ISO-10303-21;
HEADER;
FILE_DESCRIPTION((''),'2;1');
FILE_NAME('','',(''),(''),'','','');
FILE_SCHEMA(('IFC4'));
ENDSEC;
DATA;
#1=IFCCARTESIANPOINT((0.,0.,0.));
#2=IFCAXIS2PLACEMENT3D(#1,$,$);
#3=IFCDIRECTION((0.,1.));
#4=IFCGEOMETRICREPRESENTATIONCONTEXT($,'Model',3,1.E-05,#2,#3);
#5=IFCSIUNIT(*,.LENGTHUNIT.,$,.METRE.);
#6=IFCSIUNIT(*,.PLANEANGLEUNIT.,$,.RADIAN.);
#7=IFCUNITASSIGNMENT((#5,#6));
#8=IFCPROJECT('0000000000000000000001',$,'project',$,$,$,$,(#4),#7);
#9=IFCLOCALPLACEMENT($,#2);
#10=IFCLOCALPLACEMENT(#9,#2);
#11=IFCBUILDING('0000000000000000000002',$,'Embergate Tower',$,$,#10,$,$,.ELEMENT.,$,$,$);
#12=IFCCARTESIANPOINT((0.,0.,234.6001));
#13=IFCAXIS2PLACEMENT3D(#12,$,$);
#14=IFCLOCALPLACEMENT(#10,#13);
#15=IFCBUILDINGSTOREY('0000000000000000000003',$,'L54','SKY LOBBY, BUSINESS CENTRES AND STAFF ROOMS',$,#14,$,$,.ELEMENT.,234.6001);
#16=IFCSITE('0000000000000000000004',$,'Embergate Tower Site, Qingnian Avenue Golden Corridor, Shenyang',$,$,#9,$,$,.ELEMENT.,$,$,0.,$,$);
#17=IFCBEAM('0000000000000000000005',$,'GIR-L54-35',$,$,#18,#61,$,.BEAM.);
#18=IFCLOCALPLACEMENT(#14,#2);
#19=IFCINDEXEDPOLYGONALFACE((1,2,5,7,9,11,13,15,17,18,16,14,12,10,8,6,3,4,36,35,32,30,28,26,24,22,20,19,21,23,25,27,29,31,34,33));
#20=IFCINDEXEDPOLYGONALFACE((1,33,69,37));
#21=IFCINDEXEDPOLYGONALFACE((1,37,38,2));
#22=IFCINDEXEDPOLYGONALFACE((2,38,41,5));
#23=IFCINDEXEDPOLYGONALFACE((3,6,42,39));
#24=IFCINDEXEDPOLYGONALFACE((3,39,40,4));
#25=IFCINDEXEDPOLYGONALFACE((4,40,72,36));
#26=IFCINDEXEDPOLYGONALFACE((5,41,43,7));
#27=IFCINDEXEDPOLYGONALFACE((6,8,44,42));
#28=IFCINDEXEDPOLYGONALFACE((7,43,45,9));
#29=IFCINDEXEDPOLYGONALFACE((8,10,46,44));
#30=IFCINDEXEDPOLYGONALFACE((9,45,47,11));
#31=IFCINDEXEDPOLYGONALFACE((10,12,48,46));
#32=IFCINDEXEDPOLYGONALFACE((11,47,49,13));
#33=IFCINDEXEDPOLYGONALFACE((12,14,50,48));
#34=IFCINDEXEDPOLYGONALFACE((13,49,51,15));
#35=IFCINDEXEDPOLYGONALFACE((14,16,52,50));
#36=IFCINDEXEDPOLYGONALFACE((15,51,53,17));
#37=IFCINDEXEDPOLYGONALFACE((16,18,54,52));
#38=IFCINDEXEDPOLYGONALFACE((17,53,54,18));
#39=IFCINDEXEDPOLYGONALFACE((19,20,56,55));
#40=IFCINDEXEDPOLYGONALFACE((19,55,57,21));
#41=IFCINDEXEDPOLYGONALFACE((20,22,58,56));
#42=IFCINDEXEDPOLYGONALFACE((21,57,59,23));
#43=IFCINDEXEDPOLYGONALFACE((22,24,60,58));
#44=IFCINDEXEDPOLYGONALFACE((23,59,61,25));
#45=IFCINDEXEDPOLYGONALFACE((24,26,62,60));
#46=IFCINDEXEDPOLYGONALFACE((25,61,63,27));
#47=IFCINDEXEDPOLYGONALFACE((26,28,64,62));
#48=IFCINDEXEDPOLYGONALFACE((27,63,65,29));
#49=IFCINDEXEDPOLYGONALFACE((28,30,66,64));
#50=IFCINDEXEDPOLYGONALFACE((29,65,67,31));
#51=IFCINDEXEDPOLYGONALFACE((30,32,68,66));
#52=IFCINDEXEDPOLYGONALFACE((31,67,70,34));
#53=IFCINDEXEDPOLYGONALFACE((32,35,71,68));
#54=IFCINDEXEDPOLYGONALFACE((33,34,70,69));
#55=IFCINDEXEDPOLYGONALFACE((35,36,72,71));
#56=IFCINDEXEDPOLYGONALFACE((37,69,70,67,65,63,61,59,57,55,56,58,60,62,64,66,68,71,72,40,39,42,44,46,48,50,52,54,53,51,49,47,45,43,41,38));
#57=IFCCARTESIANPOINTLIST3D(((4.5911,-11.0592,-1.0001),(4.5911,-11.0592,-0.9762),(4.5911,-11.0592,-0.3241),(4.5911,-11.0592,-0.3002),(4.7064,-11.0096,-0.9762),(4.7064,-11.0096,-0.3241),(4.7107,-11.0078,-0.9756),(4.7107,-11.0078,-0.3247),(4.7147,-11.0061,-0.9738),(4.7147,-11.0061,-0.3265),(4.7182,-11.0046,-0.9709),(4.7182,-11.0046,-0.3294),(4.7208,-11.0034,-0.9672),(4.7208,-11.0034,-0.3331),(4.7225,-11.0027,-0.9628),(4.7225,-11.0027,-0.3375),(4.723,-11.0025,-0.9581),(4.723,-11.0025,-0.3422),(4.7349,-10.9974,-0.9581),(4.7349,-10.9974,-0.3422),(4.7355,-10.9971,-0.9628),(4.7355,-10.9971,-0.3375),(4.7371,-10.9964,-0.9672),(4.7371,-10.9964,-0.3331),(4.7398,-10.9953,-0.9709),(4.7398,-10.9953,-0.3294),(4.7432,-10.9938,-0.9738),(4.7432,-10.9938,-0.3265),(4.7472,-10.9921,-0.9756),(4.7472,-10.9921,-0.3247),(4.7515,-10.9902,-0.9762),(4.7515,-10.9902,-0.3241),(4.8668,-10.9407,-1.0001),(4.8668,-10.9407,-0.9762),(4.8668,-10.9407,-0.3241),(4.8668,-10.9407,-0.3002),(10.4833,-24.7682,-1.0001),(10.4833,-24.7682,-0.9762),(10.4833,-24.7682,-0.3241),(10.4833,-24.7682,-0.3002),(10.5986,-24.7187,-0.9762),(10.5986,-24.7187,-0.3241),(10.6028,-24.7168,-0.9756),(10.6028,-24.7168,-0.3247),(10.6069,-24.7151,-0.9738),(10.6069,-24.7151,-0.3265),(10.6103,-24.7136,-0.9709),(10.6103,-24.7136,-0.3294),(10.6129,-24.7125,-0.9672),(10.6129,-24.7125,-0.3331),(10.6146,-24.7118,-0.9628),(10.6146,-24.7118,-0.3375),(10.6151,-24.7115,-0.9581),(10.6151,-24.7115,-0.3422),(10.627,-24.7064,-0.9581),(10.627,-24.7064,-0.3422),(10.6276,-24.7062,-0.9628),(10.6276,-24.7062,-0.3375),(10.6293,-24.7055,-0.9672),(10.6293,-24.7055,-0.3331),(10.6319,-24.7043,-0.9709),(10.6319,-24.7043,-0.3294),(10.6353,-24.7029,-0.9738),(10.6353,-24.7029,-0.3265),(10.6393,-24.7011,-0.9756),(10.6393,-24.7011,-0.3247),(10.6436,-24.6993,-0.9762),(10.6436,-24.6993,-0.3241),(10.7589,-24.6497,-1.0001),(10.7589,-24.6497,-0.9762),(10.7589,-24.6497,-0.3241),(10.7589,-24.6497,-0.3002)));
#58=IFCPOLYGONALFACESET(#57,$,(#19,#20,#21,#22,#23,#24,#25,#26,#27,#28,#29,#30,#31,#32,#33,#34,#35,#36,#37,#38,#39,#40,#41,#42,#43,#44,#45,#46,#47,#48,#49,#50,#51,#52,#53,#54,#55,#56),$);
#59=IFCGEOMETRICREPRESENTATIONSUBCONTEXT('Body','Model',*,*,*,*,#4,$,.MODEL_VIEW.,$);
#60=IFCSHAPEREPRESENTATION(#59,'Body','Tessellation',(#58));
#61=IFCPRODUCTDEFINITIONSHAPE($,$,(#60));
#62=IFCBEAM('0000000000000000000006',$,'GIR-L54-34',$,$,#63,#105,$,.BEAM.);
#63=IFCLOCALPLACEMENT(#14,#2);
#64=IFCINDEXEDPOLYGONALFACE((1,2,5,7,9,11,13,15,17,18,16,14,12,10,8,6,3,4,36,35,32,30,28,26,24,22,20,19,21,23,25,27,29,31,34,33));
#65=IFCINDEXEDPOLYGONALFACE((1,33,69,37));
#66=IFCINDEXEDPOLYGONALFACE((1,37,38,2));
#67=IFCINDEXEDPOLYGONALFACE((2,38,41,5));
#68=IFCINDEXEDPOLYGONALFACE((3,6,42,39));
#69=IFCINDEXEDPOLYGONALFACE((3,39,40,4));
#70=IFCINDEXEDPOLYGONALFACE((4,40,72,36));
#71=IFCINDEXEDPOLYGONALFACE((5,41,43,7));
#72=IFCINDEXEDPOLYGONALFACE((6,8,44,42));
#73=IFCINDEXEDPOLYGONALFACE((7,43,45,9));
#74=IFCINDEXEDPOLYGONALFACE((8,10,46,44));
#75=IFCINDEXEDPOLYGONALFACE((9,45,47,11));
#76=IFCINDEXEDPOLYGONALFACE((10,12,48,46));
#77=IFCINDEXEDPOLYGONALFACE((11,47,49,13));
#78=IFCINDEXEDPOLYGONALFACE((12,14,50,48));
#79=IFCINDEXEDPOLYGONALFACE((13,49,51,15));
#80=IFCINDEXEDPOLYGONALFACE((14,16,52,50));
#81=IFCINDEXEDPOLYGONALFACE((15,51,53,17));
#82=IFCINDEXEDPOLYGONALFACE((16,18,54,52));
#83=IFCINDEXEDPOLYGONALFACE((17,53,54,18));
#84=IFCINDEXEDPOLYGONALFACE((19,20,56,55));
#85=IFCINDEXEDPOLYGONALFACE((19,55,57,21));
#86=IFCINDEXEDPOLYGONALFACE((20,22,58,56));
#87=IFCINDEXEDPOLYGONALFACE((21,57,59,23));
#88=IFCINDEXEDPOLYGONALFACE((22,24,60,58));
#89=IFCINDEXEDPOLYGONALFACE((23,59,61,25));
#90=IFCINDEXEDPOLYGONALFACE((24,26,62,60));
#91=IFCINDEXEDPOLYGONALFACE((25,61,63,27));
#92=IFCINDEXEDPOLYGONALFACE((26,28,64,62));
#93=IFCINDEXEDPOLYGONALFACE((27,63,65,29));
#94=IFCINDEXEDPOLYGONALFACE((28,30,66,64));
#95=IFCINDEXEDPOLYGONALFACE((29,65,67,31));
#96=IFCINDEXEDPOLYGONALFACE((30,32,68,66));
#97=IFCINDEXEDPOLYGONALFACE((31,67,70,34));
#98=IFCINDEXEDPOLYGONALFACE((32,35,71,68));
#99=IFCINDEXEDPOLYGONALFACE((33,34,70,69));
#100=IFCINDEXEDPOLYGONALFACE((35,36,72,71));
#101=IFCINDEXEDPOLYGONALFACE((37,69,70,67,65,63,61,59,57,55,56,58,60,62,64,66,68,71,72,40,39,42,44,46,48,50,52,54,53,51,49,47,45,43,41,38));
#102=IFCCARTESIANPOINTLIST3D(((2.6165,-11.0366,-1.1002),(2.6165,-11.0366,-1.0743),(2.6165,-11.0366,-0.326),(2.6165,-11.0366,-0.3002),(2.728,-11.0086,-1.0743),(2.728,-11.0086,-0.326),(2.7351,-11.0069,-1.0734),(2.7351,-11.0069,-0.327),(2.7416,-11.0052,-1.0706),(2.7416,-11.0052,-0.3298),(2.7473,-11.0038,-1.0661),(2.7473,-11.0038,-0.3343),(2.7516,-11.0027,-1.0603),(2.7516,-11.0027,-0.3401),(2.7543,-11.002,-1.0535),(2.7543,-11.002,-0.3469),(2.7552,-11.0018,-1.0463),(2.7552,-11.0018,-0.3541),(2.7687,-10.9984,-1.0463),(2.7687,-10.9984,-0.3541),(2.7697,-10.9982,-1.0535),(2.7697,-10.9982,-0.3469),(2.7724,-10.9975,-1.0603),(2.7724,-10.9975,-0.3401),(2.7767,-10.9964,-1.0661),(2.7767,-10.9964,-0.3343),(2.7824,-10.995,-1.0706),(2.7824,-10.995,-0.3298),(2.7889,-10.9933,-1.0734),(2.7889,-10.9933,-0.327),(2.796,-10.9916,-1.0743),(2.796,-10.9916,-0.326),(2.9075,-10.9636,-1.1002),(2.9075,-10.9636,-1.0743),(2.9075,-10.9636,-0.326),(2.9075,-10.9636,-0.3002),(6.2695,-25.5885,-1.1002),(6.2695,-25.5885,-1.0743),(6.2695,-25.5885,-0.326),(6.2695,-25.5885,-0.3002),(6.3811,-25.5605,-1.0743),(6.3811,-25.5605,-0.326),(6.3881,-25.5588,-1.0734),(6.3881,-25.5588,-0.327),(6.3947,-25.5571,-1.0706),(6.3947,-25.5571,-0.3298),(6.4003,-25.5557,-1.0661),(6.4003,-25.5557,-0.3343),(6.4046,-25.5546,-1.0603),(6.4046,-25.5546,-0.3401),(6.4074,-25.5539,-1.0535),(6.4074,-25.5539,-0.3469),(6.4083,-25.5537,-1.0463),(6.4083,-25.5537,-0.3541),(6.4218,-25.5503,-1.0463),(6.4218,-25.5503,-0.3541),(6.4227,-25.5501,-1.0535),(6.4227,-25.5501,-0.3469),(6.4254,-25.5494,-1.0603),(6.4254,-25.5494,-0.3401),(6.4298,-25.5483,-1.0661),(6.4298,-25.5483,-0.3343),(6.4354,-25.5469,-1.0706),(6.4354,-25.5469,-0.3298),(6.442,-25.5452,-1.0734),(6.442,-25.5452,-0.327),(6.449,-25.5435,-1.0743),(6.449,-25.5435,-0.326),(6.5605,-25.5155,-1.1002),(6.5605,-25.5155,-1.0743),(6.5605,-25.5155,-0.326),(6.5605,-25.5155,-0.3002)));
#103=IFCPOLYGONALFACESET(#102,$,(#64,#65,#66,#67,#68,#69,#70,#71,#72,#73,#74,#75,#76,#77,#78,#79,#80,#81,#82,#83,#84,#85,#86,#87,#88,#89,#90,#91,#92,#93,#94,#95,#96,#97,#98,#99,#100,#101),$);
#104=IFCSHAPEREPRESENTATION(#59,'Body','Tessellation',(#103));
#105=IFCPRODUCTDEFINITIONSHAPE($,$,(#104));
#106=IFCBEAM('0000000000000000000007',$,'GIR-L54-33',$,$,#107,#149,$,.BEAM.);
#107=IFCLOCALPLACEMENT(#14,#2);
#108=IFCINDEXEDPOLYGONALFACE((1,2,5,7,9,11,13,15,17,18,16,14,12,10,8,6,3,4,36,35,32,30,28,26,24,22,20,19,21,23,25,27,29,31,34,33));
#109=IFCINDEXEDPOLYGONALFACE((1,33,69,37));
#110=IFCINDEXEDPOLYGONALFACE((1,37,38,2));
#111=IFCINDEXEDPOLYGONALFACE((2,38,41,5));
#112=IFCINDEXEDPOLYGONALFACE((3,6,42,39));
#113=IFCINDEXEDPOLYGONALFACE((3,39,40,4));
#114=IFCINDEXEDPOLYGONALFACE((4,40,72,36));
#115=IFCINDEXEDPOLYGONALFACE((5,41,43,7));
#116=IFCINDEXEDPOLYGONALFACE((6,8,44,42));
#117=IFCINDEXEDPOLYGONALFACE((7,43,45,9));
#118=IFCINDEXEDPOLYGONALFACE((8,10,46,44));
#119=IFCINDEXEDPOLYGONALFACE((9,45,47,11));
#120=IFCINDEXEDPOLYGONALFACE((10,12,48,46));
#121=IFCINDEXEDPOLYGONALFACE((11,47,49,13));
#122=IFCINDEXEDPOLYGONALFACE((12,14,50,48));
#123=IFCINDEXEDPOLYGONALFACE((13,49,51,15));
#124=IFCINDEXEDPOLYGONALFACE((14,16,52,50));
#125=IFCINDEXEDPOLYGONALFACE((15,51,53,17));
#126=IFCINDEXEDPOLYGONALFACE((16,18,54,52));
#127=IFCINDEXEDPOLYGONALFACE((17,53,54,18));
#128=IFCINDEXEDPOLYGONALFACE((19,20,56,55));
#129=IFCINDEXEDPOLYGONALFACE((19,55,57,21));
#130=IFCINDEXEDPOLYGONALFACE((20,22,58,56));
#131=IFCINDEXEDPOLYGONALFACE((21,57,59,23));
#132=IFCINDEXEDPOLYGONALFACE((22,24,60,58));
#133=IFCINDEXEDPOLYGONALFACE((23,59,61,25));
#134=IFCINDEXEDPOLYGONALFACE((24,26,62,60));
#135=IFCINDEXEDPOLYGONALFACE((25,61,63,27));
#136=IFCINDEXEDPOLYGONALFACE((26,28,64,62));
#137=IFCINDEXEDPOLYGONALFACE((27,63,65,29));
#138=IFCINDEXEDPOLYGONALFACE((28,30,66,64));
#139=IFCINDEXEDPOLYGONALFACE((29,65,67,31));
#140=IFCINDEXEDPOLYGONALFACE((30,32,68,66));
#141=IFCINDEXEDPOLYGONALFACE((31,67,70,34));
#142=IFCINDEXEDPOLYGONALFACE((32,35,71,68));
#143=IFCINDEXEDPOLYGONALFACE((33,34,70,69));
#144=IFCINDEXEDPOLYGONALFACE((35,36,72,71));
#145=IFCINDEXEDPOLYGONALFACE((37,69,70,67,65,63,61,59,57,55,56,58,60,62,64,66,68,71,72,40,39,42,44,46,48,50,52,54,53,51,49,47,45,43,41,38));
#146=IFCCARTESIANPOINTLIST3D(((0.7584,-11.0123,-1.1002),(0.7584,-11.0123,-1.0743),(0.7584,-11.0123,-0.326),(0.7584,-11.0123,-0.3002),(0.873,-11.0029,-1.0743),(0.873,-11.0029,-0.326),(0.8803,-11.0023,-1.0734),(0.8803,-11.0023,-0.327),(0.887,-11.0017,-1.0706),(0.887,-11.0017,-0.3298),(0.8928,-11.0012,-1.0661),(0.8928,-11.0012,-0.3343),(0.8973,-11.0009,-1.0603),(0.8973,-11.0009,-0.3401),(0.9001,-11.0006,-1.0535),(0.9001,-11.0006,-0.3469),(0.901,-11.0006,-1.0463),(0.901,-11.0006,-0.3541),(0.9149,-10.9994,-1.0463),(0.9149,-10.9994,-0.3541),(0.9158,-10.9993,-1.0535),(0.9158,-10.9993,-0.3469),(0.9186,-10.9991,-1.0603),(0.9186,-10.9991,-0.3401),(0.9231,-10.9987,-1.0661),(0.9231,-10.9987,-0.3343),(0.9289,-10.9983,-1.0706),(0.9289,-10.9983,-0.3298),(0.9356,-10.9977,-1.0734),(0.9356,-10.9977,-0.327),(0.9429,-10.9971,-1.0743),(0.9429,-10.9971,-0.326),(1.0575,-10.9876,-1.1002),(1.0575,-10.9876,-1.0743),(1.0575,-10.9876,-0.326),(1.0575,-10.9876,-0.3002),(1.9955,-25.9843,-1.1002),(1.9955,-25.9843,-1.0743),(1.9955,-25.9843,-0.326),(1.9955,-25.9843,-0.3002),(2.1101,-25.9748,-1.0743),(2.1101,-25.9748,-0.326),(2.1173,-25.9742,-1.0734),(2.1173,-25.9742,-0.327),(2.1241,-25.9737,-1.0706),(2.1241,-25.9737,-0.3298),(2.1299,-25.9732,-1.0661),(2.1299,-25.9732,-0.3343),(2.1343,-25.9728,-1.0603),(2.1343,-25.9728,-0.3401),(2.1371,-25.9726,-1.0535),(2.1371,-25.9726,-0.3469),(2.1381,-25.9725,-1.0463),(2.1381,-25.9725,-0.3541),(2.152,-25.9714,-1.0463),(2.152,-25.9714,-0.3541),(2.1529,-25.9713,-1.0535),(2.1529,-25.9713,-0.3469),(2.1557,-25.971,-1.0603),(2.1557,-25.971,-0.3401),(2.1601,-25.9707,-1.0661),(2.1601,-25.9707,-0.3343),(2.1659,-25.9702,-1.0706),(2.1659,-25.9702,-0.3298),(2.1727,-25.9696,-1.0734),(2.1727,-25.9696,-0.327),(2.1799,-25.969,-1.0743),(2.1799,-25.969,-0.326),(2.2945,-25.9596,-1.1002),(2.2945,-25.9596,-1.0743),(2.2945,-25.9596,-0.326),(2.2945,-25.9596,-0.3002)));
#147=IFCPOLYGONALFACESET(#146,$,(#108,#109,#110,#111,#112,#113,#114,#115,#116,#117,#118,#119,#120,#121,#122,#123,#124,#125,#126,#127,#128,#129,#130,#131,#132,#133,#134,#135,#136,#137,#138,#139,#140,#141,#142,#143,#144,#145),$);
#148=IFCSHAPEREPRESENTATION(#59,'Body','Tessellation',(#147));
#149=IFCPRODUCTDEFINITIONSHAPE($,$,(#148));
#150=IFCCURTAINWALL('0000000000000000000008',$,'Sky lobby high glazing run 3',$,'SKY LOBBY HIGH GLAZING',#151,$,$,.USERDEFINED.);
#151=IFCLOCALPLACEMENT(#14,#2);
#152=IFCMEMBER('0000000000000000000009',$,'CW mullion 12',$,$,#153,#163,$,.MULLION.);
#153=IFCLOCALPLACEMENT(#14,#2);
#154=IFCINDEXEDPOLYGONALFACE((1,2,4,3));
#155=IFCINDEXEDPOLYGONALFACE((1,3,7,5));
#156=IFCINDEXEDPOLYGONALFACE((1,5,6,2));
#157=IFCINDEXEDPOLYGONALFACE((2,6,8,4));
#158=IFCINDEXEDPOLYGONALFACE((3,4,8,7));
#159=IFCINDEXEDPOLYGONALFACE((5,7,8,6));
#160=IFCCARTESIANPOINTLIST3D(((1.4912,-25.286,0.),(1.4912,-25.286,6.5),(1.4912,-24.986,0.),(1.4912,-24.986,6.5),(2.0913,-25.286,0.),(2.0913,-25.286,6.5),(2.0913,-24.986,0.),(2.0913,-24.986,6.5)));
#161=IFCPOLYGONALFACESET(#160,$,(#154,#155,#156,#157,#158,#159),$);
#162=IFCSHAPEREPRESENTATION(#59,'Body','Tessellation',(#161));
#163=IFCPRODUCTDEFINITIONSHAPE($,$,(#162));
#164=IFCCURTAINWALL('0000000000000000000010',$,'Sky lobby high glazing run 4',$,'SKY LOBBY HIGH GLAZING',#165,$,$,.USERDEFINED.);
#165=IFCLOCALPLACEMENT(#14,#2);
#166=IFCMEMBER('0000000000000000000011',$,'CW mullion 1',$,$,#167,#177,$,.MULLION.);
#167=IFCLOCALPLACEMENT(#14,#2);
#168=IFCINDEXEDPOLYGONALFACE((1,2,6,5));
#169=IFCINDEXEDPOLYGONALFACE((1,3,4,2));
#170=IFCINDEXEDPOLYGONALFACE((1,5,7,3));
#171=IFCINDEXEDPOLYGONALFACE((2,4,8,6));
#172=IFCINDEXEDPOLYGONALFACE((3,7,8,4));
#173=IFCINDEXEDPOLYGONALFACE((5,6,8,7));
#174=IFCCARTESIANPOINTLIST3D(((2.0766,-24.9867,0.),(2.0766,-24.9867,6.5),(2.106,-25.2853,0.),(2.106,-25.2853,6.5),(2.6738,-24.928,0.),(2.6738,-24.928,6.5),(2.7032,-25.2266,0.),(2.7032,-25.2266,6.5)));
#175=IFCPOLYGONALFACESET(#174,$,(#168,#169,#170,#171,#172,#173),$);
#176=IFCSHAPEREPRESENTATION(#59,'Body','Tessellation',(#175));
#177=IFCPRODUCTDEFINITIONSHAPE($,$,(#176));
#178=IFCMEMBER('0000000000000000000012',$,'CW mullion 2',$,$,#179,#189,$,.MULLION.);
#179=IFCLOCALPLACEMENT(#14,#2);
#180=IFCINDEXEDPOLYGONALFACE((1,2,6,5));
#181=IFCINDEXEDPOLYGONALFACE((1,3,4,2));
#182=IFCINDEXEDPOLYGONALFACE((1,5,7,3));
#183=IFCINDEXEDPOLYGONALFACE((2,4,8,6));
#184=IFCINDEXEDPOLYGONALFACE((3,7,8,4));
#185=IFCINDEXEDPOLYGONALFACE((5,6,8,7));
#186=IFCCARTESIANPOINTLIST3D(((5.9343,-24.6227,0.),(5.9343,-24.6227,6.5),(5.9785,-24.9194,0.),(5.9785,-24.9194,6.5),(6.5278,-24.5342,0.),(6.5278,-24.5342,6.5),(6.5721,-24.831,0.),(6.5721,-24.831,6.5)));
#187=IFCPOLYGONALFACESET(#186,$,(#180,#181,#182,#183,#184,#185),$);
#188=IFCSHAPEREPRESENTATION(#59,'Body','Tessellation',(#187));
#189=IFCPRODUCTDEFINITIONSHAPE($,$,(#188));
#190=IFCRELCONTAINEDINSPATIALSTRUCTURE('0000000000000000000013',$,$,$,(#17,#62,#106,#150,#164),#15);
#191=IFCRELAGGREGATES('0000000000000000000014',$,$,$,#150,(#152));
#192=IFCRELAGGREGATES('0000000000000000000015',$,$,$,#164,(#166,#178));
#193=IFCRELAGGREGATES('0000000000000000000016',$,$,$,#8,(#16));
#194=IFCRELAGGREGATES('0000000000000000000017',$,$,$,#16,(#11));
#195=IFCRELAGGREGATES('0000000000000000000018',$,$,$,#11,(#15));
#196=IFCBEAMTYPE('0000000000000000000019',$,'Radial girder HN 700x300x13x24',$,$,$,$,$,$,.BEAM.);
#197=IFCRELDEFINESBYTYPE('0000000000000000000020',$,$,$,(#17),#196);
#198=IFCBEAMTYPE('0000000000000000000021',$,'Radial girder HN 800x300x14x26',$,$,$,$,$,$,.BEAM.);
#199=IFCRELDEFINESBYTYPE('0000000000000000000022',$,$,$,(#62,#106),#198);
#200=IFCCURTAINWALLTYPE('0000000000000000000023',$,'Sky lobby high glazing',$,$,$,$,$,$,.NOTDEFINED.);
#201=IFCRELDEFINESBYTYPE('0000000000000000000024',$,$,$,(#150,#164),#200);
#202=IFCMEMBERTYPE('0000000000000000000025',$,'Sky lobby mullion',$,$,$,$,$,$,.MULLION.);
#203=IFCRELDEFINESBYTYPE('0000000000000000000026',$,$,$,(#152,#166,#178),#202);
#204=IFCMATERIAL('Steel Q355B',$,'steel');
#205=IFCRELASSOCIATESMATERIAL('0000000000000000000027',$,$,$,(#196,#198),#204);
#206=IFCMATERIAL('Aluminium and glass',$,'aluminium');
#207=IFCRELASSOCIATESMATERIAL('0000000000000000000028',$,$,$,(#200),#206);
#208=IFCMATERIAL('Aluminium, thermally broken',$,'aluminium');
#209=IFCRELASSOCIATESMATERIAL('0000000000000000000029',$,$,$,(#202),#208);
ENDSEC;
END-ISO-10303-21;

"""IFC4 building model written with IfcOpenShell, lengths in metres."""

from ifc_helpers import new_model, si_unit, direction, frame, origin, origin_2d, place, context, subcontext, project, spatial, rectangle, i_section, extrude, source, transform, mapped, material, material_profile, profile_set, type_object, element, aggregate, save


model = new_model("IFC4")

# Units and contexts
model_context = context("Model", 3, precision=1e-05, world=origin(), true_north=direction((0.0, 1.0)))
body_context = subcontext(model_context, "Body", "Model", "MODEL_VIEW")
ifc_project = project(units=[si_unit("LENGTHUNIT", "METRE"), si_unit("PLANEANGLEUNIT", "RADIAN")], contexts=[model_context])

# Site, building, storey
site_placement = place(None, origin())
site = spatial("IfcSite", under=ifc_project, at=site_placement, Name="Embergate Tower Site, Qingnian Avenue Golden Corridor, Shenyang", CompositionType="ELEMENT", RefElevation=0.0)
building_placement = place(site_placement, origin())
building = spatial("IfcBuilding", under=site, at=building_placement, Name="Embergate Tower", CompositionType="ELEMENT")
storey_placement = place(building_placement, frame((0.0, 0.0, 234.6001)))
storey = spatial("IfcBuildingStorey", under=building, at=storey_placement, Name="L54", Description="SKY LOBBY, BUSINESS CENTRES AND STAFF ROOMS", CompositionType="ELEMENT", Elevation=234.6001)

# Beams
ifc_material_1 = material(Name="Steel Q355B", Category="steel")
ifc_material_profile_1 = material_profile(ifc_material_1, i_section(OverallWidth=0.3, OverallDepth=0.7, WebThickness=0.0129, FlangeThickness=0.0239, FilletRadius=0.0181, at=origin_2d()), Name="HN 700x300x13x24")
ifc_profile_set_1 = profile_set([ifc_material_profile_1], Name="Steel Q355 grade B")
beam_type_1 = type_object("IfcBeamType", Name="Radial girder HN 700x300x13x24", PredefinedType="BEAM", material=ifc_profile_set_1)
shared_shape_1 = source(origin(), body_context, "Body", "SweptSolid", [
    extrude(i_section(OverallWidth=0.3, OverallDepth=0.7, WebThickness=0.0129, FlangeThickness=0.0239, FilletRadius=0.0181, at=origin_2d()), origin(), (0.0, 0.0, 1.0), 14.9216),
])
beam_1_placement = place(storey_placement, frame((10.6211, -24.709, -0.6501), z_axis=(-0.394871, 0.918737, 0.0), x_axis=(-0.918737, -0.394871, 0.0)))
element("IfcBeam", 1, at=beam_1_placement, inside=storey, type_object=beam_type_1, Name="GIR-L54-35", PredefinedType="BEAM", context=body_context, shape_type="MappedRepresentation", body=[
    mapped(shared_shape_1, transform((0.0, 0.0, 0.0))),
])
ifc_material_profile_2 = material_profile(ifc_material_1, i_section(OverallWidth=0.3, OverallDepth=0.8, WebThickness=0.0139, FlangeThickness=0.0259, FilletRadius=0.0281, at=origin_2d()), Name="HN 800x300x14x26")
ifc_profile_set_2 = profile_set([ifc_material_profile_2], Name="Steel Q355 grade B")
beam_type_2 = type_object("IfcBeamType", Name="Radial girder HN 800x300x14x26", PredefinedType="BEAM", material=ifc_profile_set_2)
shared_shape_2 = source(origin(), body_context, "Body", "SweptSolid", [
    extrude(i_section(OverallWidth=0.3, OverallDepth=0.8, WebThickness=0.0139, FlangeThickness=0.0259, FilletRadius=0.0281, at=origin_2d()), origin(), (0.0, 0.0, 1.0), 15.0034),
])
beam_2_placement = place(storey_placement, frame((6.415, -25.552, -0.7002), z_axis=(-0.243481, 0.969906, 0.0), x_axis=(-0.969906, -0.243481, 0.0)))
element("IfcBeam", 2, at=beam_2_placement, inside=storey, type_object=beam_type_2, Name="GIR-L54-34", PredefinedType="BEAM", context=body_context, shape_type="MappedRepresentation", body=[
    mapped(shared_shape_2, transform((0.0, 0.0, 0.0))),
])
shared_shape_3 = source(origin(), body_context, "Body", "SweptSolid", [
    extrude(i_section(OverallWidth=0.3, OverallDepth=0.8, WebThickness=0.0139, FlangeThickness=0.0259, FilletRadius=0.0281, at=origin_2d()), origin(), (0.0, 0.0, 1.0), 15.0229),
])
beam_3_placement = place(storey_placement, frame((2.145, -25.9719, -0.7002), z_axis=(-0.082345, 0.996604, 0.0), x_axis=(-0.996604, -0.082345, 0.0)))
element("IfcBeam", 3, at=beam_3_placement, inside=storey, type_object=beam_type_2, Name="GIR-L54-33", PredefinedType="BEAM", context=body_context, shape_type="MappedRepresentation", body=[
    mapped(shared_shape_3, transform((0.0, 0.0, 0.0))),
])

# Curtain wall, member
ifc_material_2 = material(Name="Aluminium and glass", Category="aluminium")
curtain_wall_type = type_object("IfcCurtainWallType", Name="Sky lobby high glazing", PredefinedType="NOTDEFINED", material=ifc_material_2)
curtain_wall_1_placement = place(storey_placement, origin())
curtain_wall_1 = element("IfcCurtainWall", 4, at=curtain_wall_1_placement, inside=storey, type_object=curtain_wall_type, Name="Sky lobby high glazing run 3", ObjectType="SKY LOBBY HIGH GLAZING", PredefinedType="USERDEFINED")
ifc_material_3 = material(Name="Aluminium, thermally broken", Category="aluminium")
ifc_material_profile_3 = material_profile(ifc_material_3, rectangle(XDim=0.3, YDim=0.6001, at=origin_2d()), Name="AL 600x300")
ifc_profile_set_3 = profile_set([ifc_material_profile_3], Name="Aluminium, thermally broken")
member_type_1 = type_object("IfcMemberType", Name="Sky lobby mullion", PredefinedType="MULLION", material=ifc_profile_set_3)
shared_shape_4 = source(origin(), body_context, "Body", "SweptSolid", [
    extrude(rectangle(XDim=0.3, YDim=0.6001, at=origin_2d()), origin(), (0.0, 0.0, 1.0), 6.5),
])
member_1_placement = place(storey_placement, frame((1.7913, -25.136, 0.0), z_axis=(0.0, 0.0, 1.0), x_axis=(0.0, 1.0, 0.0)))
member_1 = element("IfcMember", 5, at=member_1_placement, type_object=member_type_1, Name="CW mullion 12", PredefinedType="MULLION", context=body_context, shape_type="MappedRepresentation", body=[
    mapped(shared_shape_4, transform((0.0, 0.0, 0.0))),
])
aggregate(curtain_wall_1, [member_1])

# Curtain wall, members
curtain_wall_2_placement = place(storey_placement, origin())
curtain_wall_2 = element("IfcCurtainWall", 6, at=curtain_wall_2_placement, inside=storey, type_object=curtain_wall_type, Name="Sky lobby high glazing run 4", ObjectType="SKY LOBBY HIGH GLAZING", PredefinedType="USERDEFINED")
member_2_placement = place(storey_placement, frame((2.3899, -25.1067, 0.0), z_axis=(0.0, 0.0, 1.0), x_axis=(-0.09783, 0.995203, 0.0)))
member_2 = element("IfcMember", 7, at=member_2_placement, type_object=member_type_1, Name="CW mullion 1", PredefinedType="MULLION", context=body_context, shape_type="MappedRepresentation", body=[
    mapped(shared_shape_4, transform((0.0, 0.0, 0.0))),
])
member_3_placement = place(storey_placement, frame((6.2532, -24.7268, 0.0), z_axis=(0.0, 0.0, 1.0), x_axis=(-0.147411, 0.989075, 0.0)))
member_3 = element("IfcMember", 8, at=member_3_placement, type_object=member_type_1, Name="CW mullion 2", PredefinedType="MULLION", context=body_context, shape_type="MappedRepresentation", body=[
    mapped(shared_shape_4, transform((0.0, 0.0, 0.0))),
])
aggregate(curtain_wall_2, [member_2, member_3])

save(model, "model.ifc")
